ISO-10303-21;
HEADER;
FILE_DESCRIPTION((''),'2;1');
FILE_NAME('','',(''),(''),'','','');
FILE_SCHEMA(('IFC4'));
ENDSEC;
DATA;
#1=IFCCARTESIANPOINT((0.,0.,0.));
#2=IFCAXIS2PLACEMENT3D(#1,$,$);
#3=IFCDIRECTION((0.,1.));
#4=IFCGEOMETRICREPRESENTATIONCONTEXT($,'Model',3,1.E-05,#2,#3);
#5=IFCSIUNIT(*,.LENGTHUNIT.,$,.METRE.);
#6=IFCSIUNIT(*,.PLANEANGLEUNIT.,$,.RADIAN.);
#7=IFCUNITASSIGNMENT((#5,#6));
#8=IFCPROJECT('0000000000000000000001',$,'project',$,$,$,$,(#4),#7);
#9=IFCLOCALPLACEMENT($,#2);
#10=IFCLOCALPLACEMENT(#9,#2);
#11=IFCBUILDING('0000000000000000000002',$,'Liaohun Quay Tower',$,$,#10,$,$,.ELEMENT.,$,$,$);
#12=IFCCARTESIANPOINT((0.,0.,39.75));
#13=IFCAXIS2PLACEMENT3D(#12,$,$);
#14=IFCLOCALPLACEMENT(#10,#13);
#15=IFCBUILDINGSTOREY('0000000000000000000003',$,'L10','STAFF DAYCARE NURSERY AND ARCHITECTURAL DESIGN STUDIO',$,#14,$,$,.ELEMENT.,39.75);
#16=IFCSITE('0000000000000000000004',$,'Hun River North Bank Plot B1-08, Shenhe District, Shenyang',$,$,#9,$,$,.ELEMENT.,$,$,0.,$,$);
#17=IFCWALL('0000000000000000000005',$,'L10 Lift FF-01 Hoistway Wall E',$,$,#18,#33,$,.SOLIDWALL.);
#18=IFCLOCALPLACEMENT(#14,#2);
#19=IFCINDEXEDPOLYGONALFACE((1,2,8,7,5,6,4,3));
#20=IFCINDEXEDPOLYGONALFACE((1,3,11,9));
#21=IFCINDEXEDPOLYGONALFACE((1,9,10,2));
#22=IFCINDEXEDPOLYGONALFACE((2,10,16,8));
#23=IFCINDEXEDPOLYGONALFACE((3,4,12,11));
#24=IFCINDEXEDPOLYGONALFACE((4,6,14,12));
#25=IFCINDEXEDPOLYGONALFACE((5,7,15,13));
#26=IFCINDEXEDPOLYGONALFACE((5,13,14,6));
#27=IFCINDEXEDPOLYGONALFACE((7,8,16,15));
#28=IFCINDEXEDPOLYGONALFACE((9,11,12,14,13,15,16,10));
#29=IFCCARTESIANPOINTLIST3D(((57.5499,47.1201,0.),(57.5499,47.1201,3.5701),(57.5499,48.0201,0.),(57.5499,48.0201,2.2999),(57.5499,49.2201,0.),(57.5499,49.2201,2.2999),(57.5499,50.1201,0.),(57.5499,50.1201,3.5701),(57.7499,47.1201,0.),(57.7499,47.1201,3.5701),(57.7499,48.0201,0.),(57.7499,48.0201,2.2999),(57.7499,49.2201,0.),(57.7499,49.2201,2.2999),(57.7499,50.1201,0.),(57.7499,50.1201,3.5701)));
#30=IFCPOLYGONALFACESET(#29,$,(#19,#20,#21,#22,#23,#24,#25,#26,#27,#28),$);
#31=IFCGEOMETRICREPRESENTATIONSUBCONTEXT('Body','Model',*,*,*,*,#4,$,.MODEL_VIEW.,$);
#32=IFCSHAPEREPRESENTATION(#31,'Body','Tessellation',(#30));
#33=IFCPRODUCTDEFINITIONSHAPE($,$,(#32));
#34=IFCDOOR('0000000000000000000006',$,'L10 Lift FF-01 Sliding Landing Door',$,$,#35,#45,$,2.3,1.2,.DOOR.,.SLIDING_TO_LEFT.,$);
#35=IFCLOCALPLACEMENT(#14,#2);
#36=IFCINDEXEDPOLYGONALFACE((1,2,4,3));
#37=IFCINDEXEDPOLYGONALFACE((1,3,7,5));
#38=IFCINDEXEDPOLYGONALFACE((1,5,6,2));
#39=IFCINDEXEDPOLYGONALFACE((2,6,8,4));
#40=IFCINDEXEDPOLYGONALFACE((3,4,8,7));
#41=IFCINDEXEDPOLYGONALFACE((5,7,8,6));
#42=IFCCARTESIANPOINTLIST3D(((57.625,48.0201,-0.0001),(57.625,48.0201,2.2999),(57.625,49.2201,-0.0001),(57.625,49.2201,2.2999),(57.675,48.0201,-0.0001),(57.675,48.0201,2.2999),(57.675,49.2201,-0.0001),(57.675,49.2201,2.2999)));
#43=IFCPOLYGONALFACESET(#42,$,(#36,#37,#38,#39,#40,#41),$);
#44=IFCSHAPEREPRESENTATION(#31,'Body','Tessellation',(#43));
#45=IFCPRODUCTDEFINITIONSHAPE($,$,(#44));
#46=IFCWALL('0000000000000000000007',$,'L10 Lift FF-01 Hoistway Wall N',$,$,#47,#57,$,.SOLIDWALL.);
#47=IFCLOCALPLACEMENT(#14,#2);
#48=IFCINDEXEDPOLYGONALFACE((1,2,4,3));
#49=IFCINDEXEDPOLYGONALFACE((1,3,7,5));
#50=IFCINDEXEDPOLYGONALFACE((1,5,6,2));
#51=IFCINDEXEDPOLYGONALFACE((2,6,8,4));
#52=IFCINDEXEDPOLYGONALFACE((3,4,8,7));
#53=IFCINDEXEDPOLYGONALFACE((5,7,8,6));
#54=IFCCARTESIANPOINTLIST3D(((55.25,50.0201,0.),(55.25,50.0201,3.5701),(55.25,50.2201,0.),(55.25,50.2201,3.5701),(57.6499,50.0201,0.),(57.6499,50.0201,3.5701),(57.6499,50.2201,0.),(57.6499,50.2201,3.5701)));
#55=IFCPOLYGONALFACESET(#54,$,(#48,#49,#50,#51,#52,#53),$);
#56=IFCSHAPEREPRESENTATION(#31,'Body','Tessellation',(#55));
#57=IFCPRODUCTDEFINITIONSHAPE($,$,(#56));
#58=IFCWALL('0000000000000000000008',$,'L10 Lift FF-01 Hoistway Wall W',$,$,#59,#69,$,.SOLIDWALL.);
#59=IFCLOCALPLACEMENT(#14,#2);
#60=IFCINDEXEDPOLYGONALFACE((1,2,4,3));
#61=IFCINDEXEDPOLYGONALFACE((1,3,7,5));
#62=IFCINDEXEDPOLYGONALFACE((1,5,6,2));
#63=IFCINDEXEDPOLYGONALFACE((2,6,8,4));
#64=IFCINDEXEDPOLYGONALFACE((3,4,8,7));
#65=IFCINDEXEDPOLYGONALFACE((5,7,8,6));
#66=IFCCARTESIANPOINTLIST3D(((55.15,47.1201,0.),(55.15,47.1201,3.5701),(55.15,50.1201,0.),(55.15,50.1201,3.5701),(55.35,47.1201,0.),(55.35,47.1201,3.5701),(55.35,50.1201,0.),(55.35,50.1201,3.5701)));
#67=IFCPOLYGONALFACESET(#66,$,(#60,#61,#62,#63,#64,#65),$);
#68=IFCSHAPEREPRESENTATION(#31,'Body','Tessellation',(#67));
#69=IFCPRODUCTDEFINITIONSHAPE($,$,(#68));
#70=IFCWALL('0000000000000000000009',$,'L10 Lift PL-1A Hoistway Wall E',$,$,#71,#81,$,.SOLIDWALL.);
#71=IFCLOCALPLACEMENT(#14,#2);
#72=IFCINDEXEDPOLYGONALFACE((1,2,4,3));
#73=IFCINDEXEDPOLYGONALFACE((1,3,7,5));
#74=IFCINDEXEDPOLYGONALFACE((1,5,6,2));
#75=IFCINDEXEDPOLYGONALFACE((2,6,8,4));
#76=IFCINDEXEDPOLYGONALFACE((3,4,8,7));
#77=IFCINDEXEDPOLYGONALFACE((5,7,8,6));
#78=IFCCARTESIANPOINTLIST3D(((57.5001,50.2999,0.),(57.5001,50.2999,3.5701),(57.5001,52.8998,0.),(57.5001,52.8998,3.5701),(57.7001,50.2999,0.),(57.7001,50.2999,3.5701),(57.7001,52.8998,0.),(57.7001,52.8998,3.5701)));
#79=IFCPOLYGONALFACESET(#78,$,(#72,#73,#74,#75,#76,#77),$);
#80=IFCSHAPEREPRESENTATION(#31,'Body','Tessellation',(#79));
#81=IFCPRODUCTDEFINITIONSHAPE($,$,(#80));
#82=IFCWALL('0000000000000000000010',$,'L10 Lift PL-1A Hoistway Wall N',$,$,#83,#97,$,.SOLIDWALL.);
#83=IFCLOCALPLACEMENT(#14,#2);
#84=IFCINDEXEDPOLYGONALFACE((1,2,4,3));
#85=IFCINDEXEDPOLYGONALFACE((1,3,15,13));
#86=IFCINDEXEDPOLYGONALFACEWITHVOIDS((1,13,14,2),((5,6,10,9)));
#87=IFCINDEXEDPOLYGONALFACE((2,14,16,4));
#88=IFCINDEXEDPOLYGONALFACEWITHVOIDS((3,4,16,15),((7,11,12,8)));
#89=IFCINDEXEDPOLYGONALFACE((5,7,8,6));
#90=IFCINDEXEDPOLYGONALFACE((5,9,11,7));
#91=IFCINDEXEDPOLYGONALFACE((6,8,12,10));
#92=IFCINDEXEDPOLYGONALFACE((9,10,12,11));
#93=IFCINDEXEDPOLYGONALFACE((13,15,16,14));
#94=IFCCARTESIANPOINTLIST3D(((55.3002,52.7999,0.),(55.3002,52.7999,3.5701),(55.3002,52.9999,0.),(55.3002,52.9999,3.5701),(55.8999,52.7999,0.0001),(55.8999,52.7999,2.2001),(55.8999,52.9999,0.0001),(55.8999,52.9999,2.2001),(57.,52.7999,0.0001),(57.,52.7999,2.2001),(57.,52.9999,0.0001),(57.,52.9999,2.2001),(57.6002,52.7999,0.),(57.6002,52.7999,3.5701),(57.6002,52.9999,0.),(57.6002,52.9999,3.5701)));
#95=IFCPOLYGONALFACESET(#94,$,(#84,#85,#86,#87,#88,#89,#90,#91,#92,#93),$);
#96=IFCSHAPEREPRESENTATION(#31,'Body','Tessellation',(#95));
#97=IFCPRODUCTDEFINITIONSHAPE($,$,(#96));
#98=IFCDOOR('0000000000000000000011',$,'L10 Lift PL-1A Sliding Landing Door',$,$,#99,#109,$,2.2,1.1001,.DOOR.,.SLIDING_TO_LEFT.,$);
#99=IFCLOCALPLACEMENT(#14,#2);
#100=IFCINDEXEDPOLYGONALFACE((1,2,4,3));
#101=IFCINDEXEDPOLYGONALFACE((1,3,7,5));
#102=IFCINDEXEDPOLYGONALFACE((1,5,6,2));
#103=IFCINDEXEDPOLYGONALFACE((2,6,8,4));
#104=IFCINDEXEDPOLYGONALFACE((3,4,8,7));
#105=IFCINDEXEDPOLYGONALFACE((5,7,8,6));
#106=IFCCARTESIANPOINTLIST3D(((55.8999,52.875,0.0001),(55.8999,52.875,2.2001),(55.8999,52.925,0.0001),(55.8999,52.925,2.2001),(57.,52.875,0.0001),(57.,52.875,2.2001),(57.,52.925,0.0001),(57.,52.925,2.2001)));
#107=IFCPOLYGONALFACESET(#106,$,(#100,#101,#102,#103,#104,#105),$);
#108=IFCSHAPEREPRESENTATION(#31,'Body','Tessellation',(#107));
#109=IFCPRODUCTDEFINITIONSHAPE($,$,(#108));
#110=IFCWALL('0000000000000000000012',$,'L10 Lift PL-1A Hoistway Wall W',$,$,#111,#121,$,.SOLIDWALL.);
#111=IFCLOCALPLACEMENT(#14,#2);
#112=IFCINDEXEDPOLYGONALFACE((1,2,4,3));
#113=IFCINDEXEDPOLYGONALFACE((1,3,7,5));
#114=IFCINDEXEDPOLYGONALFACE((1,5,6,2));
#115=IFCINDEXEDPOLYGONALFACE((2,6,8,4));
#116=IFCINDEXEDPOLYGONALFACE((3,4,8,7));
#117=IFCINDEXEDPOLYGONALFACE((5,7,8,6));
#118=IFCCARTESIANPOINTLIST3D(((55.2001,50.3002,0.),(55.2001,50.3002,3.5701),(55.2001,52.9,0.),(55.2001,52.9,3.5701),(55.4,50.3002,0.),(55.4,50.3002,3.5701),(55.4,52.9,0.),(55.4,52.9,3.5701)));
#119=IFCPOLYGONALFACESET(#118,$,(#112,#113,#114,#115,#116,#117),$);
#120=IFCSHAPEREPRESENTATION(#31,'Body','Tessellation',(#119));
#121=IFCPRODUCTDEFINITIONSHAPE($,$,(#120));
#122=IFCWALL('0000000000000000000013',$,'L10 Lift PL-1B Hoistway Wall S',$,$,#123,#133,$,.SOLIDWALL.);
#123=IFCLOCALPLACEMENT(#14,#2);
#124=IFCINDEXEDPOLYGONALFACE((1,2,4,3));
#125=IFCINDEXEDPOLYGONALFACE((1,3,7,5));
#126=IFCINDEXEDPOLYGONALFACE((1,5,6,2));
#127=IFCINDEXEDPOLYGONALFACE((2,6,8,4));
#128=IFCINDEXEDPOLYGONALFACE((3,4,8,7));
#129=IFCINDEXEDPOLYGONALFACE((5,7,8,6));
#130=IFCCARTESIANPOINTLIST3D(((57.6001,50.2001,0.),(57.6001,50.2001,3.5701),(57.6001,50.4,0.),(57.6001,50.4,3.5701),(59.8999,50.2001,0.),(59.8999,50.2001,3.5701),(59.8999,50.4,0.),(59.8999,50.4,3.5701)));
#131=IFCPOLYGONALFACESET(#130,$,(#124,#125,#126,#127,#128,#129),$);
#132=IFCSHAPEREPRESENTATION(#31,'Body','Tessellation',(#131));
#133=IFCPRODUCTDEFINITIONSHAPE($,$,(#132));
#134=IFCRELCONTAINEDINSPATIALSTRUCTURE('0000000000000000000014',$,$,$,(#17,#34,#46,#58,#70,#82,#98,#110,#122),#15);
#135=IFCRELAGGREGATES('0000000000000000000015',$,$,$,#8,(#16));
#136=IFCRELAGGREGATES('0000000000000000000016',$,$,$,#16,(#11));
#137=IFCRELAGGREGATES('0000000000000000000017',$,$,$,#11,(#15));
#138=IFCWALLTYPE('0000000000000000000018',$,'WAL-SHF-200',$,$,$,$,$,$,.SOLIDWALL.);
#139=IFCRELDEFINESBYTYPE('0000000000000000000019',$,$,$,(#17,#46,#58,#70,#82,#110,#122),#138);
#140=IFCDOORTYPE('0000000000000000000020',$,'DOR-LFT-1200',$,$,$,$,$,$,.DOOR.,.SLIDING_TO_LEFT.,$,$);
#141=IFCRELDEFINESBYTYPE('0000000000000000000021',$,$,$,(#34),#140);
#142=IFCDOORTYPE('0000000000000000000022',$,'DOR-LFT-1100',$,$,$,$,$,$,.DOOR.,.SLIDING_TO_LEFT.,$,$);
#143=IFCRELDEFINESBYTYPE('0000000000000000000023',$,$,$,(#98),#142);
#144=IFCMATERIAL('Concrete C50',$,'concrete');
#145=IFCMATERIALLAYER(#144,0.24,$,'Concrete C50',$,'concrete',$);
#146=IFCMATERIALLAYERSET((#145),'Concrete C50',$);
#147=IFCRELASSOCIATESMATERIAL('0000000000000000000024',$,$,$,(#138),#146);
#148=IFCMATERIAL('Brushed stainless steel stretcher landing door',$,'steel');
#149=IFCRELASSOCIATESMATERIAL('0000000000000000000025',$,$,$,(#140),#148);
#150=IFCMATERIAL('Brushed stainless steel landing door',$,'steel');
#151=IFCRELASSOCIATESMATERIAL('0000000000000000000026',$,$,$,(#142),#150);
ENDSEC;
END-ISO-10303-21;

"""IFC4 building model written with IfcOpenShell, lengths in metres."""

from ifc_helpers import new_model, si_unit, direction, frame, frame_2d, origin, place, context, subcontext, project, spatial, rectangle, extrude, source, transform, mapped, material, layer, layer_set, type_object, element, fill, save


model = new_model("IFC4")

# Units and contexts
model_context = context("Model", 3, precision=1e-05, world=origin(), true_north=direction((0.0, 1.0)))
body_context = subcontext(model_context, "Body", "Model", "MODEL_VIEW")
ifc_project = project(units=[si_unit("LENGTHUNIT", "METRE"), si_unit("PLANEANGLEUNIT", "RADIAN")], contexts=[model_context])

# Site, building, storey
site_placement = place(None, origin())
site = spatial("IfcSite", under=ifc_project, at=site_placement, Name="Hun River North Bank Plot B1-08, Shenhe District, Shenyang", CompositionType="ELEMENT", RefElevation=0.0)
building_placement = place(site_placement, origin())
building = spatial("IfcBuilding", under=site, at=building_placement, Name="Liaohun Quay Tower", CompositionType="ELEMENT")
storey_placement = place(building_placement, frame((0.0, 0.0, 39.75)))
storey = spatial("IfcBuildingStorey", under=building, at=storey_placement, Name="L10", Description="STAFF DAYCARE NURSERY AND ARCHITECTURAL DESIGN STUDIO", CompositionType="ELEMENT", Elevation=39.75)

# Shared definitions
ifc_material_1 = material(Name="Concrete C50", Category="concrete")
ifc_layer_1 = layer(ifc_material_1, 0.24, Name="Concrete C50", Category="concrete")
ifc_layer_set_1 = layer_set([ifc_layer_1], Name="Concrete C50")
wall_type_1 = type_object("IfcWallType", Name="WAL-SHF-200", PredefinedType="SOLIDWALL", material=ifc_layer_set_1)

# Wall, opening, door
wall_1_placement = place(storey_placement, frame((57.6499, 47.1201, 0.0), z_axis=(0.0, 0.0, 1.0), x_axis=(0.0, 1.0, 0.0)))
wall_1 = element("IfcWall", 1, at=wall_1_placement, inside=storey, type_object=wall_type_1, Name="L10 Lift FF-01 Hoistway Wall E", PredefinedType="SOLIDWALL", context=body_context, shape_type="SweptSolid", body=[
    extrude(rectangle(XDim=3.0, YDim=0.2, at=frame_2d((1.5, 0.0))), origin(), (0.0, 0.0, 1.0), 3.5701),
])
shared_shape_1 = source(origin(), body_context, "Body", "SweptSolid", [
    extrude(rectangle(XDim=1.2, YDim=2.3, at=frame_2d((0.6001, 1.1499))), frame((0.0, 0.1099, 0.0), z_axis=(0.0, -1.0, 0.0), x_axis=(1.0, 0.0, 0.0)), (0.0, 0.0, 1.0), 0.22),
])
opening_1_placement = place(wall_1_placement, frame((0.8999, 0.0, 0.0)))
opening_1 = element("IfcOpeningElement", 2, at=opening_1_placement, cuts=wall_1, PredefinedType="OPENING", context=body_context, shape_type="MappedRepresentation", body=[
    mapped(shared_shape_1, transform((0.0, 0.0, 0.0), x_axis=(1.0, 0.0, 0.0), y_axis=(0.0, 1.0, 0.0), z_axis=(0.0, 0.0, 1.0), scale=1.0)),
])
ifc_material_2 = material(Name="Brushed stainless steel stretcher landing door", Category="steel")
door_type_1 = type_object("IfcDoorType", Name="DOR-LFT-1200", OperationType="SLIDING_TO_LEFT", PredefinedType="DOOR", material=ifc_material_2)
shared_shape_2 = source(origin(), body_context, "Body", "SweptSolid", [
    extrude(rectangle(XDim=1.2, YDim=2.3, at=frame_2d((0.6001, 1.1499))), frame((0.0, 0.0249, 0.0), z_axis=(0.0, -1.0, 0.0), x_axis=(1.0, 0.0, 0.0)), (0.0, 0.0, 1.0), 0.05),
])
door_1_placement = place(opening_1_placement, origin())
door_1 = element("IfcDoor", 3, at=door_1_placement, inside=storey, type_object=door_type_1, Name="L10 Lift FF-01 Sliding Landing Door", OperationType="SLIDING_TO_LEFT", OverallHeight=2.3, OverallWidth=1.2, PredefinedType="DOOR", context=body_context, shape_type="MappedRepresentation", body=[
    mapped(shared_shape_2, transform((0.0, 0.0, 0.0), x_axis=(1.0, 0.0, 0.0), y_axis=(0.0, 1.0, 0.0), z_axis=(0.0, 0.0, 1.0), scale=1.0)),
])
fill(opening_1, door_1)

# Walls
wall_2_placement = place(storey_placement, frame((57.6499, 50.1201, 0.0), z_axis=(0.0, 0.0, 1.0), x_axis=(-1.0, 0.0, 0.0)))
element("IfcWall", 4, at=wall_2_placement, inside=storey, type_object=wall_type_1, Name="L10 Lift FF-01 Hoistway Wall N", PredefinedType="SOLIDWALL", context=body_context, shape_type="SweptSolid", body=[
    extrude(rectangle(XDim=2.3999, YDim=0.2, at=frame_2d((1.2, 0.0))), origin(), (0.0, 0.0, 1.0), 3.5701),
])
wall_3_placement = place(storey_placement, frame((55.25, 50.1201, 0.0), z_axis=(0.0, 0.0, 1.0), x_axis=(0.0, -1.0, 0.0)))
element("IfcWall", 5, at=wall_3_placement, inside=storey, type_object=wall_type_1, Name="L10 Lift FF-01 Hoistway Wall W", PredefinedType="SOLIDWALL", context=body_context, shape_type="SweptSolid", body=[
    extrude(rectangle(XDim=3.0, YDim=0.2, at=frame_2d((1.5, 0.0))), origin(), (0.0, 0.0, 1.0), 3.5701),
])
wall_4_placement = place(storey_placement, frame((57.6001, 50.3, 0.0), z_axis=(0.0, 0.0, 1.0), x_axis=(0.0, 1.0, 0.0)))
element("IfcWall", 6, at=wall_4_placement, inside=storey, type_object=wall_type_1, Name="L10 Lift PL-1A Hoistway Wall E", PredefinedType="SOLIDWALL", context=body_context, shape_type="SweptSolid", body=[
    extrude(rectangle(XDim=2.5999, YDim=0.2, at=frame_2d((1.2998, 0.0))), origin(), (0.0, 0.0, 1.0), 3.5701),
])

# Wall, opening, door
wall_5_placement = place(storey_placement, frame((57.6001, 52.8999, 0.0), z_axis=(0.0, 0.0, 1.0), x_axis=(-1.0, 0.0, 0.0)))
wall_5 = element("IfcWall", 7, at=wall_5_placement, inside=storey, type_object=wall_type_1, Name="L10 Lift PL-1A Hoistway Wall N", PredefinedType="SOLIDWALL", context=body_context, shape_type="SweptSolid", body=[
    extrude(rectangle(XDim=2.3, YDim=0.2, at=frame_2d((1.1499, 0.0))), origin(), (0.0, 0.0, 1.0), 3.5701),
])
shared_shape_3 = source(origin(), body_context, "Body", "SweptSolid", [
    extrude(rectangle(XDim=1.1001, YDim=2.2, at=frame_2d((0.55, 1.1001))), frame((0.0, 0.1099, 0.0), z_axis=(0.0, -1.0, 0.0), x_axis=(1.0, 0.0, 0.0)), (0.0, 0.0, 1.0), 0.22),
])
opening_2_placement = place(wall_5_placement, frame((0.6001, 0.0, 0.0)))
opening_2 = element("IfcOpeningElement", 8, at=opening_2_placement, cuts=wall_5, PredefinedType="OPENING", context=body_context, shape_type="MappedRepresentation", body=[
    mapped(shared_shape_3, transform((0.0, 0.0, 0.0), x_axis=(1.0, 0.0, 0.0), y_axis=(0.0, 1.0, 0.0), z_axis=(0.0, 0.0, 1.0), scale=1.0)),
])
ifc_material_3 = material(Name="Brushed stainless steel landing door", Category="steel")
door_type_2 = type_object("IfcDoorType", Name="DOR-LFT-1100", OperationType="SLIDING_TO_LEFT", PredefinedType="DOOR", material=ifc_material_3)
shared_shape_4 = source(origin(), body_context, "Body", "SweptSolid", [
    extrude(rectangle(XDim=1.1001, YDim=2.2, at=frame_2d((0.55, 1.1001))), frame((0.0, 0.0249, 0.0), z_axis=(0.0, -1.0, 0.0), x_axis=(1.0, 0.0, 0.0)), (0.0, 0.0, 1.0), 0.05),
])
door_2_placement = place(opening_2_placement, origin())
door_2 = element("IfcDoor", 9, at=door_2_placement, inside=storey, type_object=door_type_2, Name="L10 Lift PL-1A Sliding Landing Door", OperationType="SLIDING_TO_LEFT", OverallHeight=2.2, OverallWidth=1.1001, PredefinedType="DOOR", context=body_context, shape_type="MappedRepresentation", body=[
    mapped(shared_shape_4, transform((0.0, 0.0, 0.0), x_axis=(1.0, 0.0, 0.0), y_axis=(0.0, 1.0, 0.0), z_axis=(0.0, 0.0, 1.0), scale=1.0)),
])
fill(opening_2, door_2)

# Walls
wall_6_placement = place(storey_placement, frame((55.3, 52.8999, 0.0), z_axis=(0.0, 0.0, 1.0), x_axis=(0.0, -1.0, 0.0)))
element("IfcWall", 10, at=wall_6_placement, inside=storey, type_object=wall_type_1, Name="L10 Lift PL-1A Hoistway Wall W", PredefinedType="SOLIDWALL", context=body_context, shape_type="SweptSolid", body=[
    extrude(rectangle(XDim=2.5999, YDim=0.2, at=frame_2d((1.2998, 0.0))), origin(), (0.0, 0.0, 1.0), 3.5701),
])
wall_7_placement = place(storey_placement, frame((57.6001, 50.3, 0.0), z_axis=(0.0, 0.0, 1.0), x_axis=(1.0, 0.0, 0.0)))
element("IfcWall", 11, at=wall_7_placement, inside=storey, type_object=wall_type_1, Name="L10 Lift PL-1B Hoistway Wall S", PredefinedType="SOLIDWALL", context=body_context, shape_type="SweptSolid", body=[
    extrude(rectangle(XDim=2.2998, YDim=0.2, at=frame_2d((1.1499, 0.0))), origin(), (0.0, 0.0, 1.0), 3.5701),
])

save(model, "model.ifc")
